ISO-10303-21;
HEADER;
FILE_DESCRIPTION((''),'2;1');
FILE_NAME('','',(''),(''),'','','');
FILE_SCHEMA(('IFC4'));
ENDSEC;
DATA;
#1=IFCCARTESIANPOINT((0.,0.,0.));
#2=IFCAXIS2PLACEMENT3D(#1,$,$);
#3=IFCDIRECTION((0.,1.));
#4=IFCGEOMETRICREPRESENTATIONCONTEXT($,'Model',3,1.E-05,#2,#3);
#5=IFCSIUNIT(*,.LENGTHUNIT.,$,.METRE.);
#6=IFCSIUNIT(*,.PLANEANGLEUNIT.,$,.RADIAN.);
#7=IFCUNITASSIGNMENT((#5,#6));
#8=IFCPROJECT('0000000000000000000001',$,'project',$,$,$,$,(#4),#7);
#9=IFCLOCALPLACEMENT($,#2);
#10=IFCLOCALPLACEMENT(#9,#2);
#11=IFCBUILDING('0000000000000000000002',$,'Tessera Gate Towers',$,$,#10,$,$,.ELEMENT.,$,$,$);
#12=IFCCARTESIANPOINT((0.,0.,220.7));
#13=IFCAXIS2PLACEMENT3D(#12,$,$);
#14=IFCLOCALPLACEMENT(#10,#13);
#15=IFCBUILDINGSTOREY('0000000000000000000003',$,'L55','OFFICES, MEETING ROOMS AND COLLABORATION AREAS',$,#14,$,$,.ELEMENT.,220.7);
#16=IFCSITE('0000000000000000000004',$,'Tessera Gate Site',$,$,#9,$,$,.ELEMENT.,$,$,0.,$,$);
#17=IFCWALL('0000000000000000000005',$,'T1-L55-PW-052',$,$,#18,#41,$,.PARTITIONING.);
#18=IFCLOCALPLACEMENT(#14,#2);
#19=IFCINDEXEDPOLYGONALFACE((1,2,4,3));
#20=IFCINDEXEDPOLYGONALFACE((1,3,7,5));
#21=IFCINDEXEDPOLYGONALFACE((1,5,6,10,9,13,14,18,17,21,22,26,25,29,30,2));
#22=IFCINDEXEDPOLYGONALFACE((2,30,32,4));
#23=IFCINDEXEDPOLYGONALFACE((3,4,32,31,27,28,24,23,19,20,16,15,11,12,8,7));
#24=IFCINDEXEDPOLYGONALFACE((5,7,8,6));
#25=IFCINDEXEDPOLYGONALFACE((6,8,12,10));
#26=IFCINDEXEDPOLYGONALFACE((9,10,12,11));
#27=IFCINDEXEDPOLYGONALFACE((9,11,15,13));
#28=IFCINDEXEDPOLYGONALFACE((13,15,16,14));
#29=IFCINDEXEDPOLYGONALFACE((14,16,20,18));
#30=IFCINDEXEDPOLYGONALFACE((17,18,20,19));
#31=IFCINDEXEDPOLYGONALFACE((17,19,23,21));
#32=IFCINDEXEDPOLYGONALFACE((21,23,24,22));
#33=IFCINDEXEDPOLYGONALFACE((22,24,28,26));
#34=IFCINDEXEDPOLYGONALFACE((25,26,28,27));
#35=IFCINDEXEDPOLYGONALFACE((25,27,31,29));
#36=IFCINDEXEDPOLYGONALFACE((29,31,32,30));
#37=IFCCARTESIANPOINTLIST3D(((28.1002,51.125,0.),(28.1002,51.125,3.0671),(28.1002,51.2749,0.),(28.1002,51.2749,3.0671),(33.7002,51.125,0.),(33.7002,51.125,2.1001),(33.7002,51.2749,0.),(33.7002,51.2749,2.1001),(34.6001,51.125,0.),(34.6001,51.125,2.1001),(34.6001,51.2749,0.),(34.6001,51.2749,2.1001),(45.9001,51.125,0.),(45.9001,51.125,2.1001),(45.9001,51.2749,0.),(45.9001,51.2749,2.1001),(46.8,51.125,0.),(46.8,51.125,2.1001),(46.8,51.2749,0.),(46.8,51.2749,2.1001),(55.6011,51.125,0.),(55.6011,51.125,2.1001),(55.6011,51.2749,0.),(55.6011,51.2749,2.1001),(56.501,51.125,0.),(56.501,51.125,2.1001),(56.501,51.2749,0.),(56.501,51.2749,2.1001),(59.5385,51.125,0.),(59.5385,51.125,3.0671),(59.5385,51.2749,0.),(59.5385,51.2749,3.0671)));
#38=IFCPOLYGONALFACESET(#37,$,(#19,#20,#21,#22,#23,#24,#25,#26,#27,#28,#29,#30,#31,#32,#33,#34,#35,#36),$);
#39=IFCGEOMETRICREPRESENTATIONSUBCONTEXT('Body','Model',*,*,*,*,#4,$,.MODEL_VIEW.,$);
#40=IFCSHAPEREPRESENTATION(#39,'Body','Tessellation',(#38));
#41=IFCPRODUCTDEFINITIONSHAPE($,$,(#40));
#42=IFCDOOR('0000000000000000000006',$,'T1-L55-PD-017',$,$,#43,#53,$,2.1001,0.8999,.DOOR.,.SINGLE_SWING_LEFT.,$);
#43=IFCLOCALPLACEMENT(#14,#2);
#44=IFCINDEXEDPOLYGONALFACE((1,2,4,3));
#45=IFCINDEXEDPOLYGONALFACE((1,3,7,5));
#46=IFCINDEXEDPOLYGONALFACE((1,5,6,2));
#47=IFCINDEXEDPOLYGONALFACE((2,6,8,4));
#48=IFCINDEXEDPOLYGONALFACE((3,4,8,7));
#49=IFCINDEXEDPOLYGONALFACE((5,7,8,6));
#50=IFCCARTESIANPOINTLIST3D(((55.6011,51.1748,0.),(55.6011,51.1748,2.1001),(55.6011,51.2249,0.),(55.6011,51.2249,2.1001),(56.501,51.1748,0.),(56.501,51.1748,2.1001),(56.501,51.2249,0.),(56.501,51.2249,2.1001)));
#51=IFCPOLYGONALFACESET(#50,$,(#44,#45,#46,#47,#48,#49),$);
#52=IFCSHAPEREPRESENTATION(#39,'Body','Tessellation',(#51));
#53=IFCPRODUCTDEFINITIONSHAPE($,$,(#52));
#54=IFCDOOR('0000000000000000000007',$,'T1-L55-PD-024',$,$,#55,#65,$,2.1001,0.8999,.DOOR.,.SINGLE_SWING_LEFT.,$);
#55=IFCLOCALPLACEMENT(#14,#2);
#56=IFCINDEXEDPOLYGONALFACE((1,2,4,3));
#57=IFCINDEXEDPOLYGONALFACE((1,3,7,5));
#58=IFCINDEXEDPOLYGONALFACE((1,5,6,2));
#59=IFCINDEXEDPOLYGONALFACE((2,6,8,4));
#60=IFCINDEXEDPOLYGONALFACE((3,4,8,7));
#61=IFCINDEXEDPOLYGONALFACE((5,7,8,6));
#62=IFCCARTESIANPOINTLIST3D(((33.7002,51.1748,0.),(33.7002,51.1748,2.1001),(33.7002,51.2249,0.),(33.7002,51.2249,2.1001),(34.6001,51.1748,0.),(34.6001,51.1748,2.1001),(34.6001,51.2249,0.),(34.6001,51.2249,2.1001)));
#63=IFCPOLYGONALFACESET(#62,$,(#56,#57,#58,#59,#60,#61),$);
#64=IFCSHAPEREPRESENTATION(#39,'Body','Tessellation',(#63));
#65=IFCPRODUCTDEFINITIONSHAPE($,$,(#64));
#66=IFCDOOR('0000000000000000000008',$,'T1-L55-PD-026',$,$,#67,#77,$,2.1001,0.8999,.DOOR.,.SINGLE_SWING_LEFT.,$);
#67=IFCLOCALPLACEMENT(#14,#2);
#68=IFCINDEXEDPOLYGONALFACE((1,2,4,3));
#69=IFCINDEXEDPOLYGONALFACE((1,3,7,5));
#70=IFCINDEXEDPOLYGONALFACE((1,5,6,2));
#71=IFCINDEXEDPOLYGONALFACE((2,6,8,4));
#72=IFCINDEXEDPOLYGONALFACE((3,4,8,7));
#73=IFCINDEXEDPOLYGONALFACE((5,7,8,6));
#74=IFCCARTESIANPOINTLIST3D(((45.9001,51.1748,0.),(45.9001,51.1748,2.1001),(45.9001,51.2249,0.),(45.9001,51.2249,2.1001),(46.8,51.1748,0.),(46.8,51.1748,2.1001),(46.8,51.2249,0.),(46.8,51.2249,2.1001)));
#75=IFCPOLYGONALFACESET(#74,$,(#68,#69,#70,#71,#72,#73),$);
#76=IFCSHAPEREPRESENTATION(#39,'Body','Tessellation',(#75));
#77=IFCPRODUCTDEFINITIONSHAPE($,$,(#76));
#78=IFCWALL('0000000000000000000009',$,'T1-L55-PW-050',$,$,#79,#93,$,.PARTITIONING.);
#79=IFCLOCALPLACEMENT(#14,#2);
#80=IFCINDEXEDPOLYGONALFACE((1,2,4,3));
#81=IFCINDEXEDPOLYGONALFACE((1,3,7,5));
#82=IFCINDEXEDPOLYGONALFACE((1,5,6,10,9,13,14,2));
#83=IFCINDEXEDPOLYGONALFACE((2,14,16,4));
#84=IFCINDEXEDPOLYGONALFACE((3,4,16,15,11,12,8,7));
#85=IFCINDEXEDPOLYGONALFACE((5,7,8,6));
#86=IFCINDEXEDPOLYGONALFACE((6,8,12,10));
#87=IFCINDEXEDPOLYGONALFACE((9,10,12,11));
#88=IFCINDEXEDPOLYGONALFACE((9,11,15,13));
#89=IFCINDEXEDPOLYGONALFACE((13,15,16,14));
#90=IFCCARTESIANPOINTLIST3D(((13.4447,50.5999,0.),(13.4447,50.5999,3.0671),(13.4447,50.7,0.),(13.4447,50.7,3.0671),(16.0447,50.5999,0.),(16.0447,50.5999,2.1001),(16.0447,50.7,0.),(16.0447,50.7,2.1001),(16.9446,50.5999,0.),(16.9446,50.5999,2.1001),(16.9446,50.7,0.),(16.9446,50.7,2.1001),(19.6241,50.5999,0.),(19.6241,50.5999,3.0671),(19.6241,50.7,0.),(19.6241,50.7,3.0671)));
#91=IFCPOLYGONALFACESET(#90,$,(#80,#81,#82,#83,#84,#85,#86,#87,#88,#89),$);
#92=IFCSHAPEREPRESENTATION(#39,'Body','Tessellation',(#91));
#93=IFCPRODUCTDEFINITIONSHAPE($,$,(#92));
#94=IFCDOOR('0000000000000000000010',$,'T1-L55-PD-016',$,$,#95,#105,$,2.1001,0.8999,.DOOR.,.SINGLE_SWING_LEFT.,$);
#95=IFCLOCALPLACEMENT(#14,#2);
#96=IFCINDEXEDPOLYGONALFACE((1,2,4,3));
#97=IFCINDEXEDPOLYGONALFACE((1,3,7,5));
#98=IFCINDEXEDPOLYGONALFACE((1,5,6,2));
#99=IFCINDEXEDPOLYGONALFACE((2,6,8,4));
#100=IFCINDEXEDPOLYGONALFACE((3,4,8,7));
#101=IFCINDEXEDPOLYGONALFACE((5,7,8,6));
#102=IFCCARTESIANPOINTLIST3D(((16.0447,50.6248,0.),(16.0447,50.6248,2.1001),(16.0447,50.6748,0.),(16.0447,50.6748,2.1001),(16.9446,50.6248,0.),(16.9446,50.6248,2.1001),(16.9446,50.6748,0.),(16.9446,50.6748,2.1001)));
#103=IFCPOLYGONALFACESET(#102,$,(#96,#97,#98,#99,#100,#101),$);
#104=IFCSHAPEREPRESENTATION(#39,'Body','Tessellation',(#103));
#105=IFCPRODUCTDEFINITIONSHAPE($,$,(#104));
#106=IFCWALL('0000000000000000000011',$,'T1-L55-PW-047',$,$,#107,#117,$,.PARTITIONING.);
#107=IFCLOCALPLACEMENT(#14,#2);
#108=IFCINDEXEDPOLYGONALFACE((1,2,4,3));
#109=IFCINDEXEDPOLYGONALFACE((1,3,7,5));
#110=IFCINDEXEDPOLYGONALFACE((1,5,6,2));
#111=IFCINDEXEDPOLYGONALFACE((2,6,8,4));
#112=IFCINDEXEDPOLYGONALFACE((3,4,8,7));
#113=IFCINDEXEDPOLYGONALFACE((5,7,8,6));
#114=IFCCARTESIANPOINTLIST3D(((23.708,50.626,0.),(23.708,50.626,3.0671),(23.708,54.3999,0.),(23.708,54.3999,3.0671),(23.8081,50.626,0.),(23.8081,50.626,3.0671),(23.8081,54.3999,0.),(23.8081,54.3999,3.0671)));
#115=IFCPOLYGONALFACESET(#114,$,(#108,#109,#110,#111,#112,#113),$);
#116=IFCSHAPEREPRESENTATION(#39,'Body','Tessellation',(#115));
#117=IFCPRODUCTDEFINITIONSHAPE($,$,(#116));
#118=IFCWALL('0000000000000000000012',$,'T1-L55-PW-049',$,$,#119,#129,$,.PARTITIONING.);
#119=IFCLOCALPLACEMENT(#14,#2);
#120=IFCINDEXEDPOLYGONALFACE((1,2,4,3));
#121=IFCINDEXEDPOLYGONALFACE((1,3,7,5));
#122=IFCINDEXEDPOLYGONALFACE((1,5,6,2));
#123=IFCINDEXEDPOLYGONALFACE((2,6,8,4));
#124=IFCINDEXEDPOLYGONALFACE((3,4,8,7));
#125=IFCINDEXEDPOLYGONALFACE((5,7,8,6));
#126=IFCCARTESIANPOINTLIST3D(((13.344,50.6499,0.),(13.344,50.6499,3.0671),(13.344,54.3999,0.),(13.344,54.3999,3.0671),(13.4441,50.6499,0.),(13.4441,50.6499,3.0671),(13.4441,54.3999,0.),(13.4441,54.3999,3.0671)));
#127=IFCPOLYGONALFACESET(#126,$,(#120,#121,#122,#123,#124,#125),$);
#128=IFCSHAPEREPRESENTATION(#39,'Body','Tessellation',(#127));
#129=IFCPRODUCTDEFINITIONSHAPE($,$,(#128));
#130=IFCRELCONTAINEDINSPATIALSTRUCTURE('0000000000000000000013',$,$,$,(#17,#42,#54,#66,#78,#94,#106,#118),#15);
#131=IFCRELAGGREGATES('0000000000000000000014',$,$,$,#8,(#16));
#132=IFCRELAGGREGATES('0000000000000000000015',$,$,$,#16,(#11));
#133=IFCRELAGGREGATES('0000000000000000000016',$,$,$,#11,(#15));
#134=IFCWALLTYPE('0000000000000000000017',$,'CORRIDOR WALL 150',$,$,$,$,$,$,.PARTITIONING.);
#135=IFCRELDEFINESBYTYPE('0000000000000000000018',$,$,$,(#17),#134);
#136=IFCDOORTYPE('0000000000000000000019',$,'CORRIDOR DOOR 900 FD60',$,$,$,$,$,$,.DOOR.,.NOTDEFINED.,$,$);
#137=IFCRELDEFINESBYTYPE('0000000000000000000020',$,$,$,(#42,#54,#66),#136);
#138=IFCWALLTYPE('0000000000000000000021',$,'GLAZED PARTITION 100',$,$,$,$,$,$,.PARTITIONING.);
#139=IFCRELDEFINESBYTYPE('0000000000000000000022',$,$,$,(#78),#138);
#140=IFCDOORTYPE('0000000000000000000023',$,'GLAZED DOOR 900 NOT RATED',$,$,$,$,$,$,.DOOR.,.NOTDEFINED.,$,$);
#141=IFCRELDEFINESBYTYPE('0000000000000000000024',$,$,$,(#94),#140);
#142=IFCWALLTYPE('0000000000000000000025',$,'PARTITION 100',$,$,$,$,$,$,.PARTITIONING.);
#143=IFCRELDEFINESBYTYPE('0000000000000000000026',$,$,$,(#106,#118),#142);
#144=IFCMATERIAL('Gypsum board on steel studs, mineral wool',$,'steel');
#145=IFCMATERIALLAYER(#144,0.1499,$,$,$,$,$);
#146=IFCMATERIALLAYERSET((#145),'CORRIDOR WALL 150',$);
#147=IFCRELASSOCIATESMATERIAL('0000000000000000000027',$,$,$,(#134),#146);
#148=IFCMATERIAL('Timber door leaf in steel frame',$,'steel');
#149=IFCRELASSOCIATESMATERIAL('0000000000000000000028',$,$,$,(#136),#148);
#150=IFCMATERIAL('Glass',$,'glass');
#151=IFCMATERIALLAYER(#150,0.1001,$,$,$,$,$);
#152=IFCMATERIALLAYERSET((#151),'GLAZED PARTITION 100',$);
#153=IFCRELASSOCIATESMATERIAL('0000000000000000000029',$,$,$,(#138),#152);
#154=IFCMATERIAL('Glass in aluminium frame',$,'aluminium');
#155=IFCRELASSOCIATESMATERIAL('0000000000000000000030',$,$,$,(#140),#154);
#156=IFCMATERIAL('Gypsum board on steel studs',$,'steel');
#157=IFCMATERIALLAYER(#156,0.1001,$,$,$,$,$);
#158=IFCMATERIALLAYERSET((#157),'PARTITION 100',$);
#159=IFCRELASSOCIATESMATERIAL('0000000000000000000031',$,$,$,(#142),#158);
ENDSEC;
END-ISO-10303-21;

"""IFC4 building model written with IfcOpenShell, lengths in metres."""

from ifc_helpers import new_model, si_unit, direction, frame, frame_2d, origin, place, context, subcontext, project, spatial, rectangle, extrude, source, transform, mapped, material, layer, layer_set, type_object, element, fill, save


model = new_model("IFC4")

# Units and contexts
model_context = context("Model", 3, precision=1e-05, world=origin(), true_north=direction((0.0, 1.0)))
body_context = subcontext(model_context, "Body", "Model", "MODEL_VIEW")
ifc_project = project(units=[si_unit("LENGTHUNIT", "METRE"), si_unit("PLANEANGLEUNIT", "RADIAN")], contexts=[model_context])

# Site, building, storey
site_placement = place(None, origin())
site = spatial("IfcSite", under=ifc_project, at=site_placement, Name="Tessera Gate Site", CompositionType="ELEMENT", RefElevation=0.0)
building_placement = place(site_placement, origin())
building = spatial("IfcBuilding", under=site, at=building_placement, Name="Tessera Gate Towers", CompositionType="ELEMENT")
storey_placement = place(building_placement, frame((0.0, 0.0, 220.7)))
storey = spatial("IfcBuildingStorey", under=building, at=storey_placement, Name="L55", Description="OFFICES, MEETING ROOMS AND COLLABORATION AREAS", CompositionType="ELEMENT", Elevation=220.7)

# Wall, openings, doors
ifc_material_1 = material(Name="Gypsum board on steel studs, mineral wool", Category="steel")
ifc_layer_1 = layer(ifc_material_1, 0.1499)
ifc_layer_set_1 = layer_set([ifc_layer_1], Name="CORRIDOR WALL 150")
wall_type_1 = type_object("IfcWallType", Name="CORRIDOR WALL 150", PredefinedType="PARTITIONING", material=ifc_layer_set_1)
wall_1_placement = place(storey_placement, frame((28.1001, 51.2, 0.0), z_axis=(0.0, 0.0, 1.0), x_axis=(1.0, 0.0, 0.0)))
wall_1 = element("IfcWall", 1, at=wall_1_placement, inside=storey, type_object=wall_type_1, Name="T1-L55-PW-052", PredefinedType="PARTITIONING", context=body_context, shape_type="SweptSolid", body=[
    extrude(rectangle(XDim=31.4382, YDim=0.1499, at=frame_2d((15.7192, 0.0))), origin(), (0.0, 0.0, 1.0), 3.0671),
])
shared_shape_1 = source(origin(), body_context, "Body", "SweptSolid", [
    extrude(rectangle(XDim=0.8999, YDim=2.1001, at=frame_2d((0.45, 1.05))), frame((0.0, 0.085, 0.0), z_axis=(0.0, -1.0, 0.0), x_axis=(1.0, 0.0, 0.0)), (0.0, 0.0, 1.0), 0.1699),
])
opening_1_placement = place(wall_1_placement, frame((27.501, 0.0, 0.0)))
opening_1 = element("IfcOpeningElement", 2, at=opening_1_placement, cuts=wall_1, PredefinedType="OPENING", context=body_context, shape_type="MappedRepresentation", body=[
    mapped(shared_shape_1, transform((0.0, 0.0, 0.0), scale=1.0)),
])
opening_2_placement = place(wall_1_placement, frame((5.6001, 0.0, 0.0)))
opening_2 = element("IfcOpeningElement", 3, at=opening_2_placement, cuts=wall_1, PredefinedType="OPENING", context=body_context, shape_type="MappedRepresentation", body=[
    mapped(shared_shape_1, transform((0.0, 0.0, 0.0), scale=1.0)),
])
opening_3_placement = place(wall_1_placement, frame((17.8, 0.0, 0.0)))
opening_3 = element("IfcOpeningElement", 4, at=opening_3_placement, cuts=wall_1, PredefinedType="OPENING", context=body_context, shape_type="MappedRepresentation", body=[
    mapped(shared_shape_1, transform((0.0, 0.0, 0.0), scale=1.0)),
])
ifc_material_2 = material(Name="Timber door leaf in steel frame", Category="steel")
door_type_1 = type_object("IfcDoorType", Name="CORRIDOR DOOR 900 FD60", OperationType="NOTDEFINED", PredefinedType="DOOR", material=ifc_material_2)
shared_shape_2 = source(origin(), body_context, "Body", "SweptSolid", [
    extrude(rectangle(XDim=0.8999, YDim=2.1001, at=frame_2d((0.45, 1.05))), frame((0.0, 0.0249, 0.0), z_axis=(0.0, -1.0, 0.0), x_axis=(1.0, 0.0, 0.0)), (0.0, 0.0, 1.0), 0.05),
])
door_1_placement = place(opening_1_placement, origin())
door_1 = element("IfcDoor", 5, at=door_1_placement, inside=storey, type_object=door_type_1, Name="T1-L55-PD-017", OperationType="SINGLE_SWING_LEFT", OverallHeight=2.1001, OverallWidth=0.8999, PredefinedType="DOOR", context=body_context, shape_type="MappedRepresentation", body=[
    mapped(shared_shape_2, transform((0.0, 0.0, 0.0), scale=1.0)),
])
fill(opening_1, door_1)
door_2_placement = place(opening_2_placement, origin())
door_2 = element("IfcDoor", 6, at=door_2_placement, inside=storey, type_object=door_type_1, Name="T1-L55-PD-024", OperationType="SINGLE_SWING_LEFT", OverallHeight=2.1001, OverallWidth=0.8999, PredefinedType="DOOR", context=body_context, shape_type="MappedRepresentation", body=[
    mapped(shared_shape_2, transform((0.0, 0.0, 0.0), scale=1.0)),
])
fill(opening_2, door_2)
door_3_placement = place(opening_3_placement, origin())
door_3 = element("IfcDoor", 7, at=door_3_placement, inside=storey, type_object=door_type_1, Name="T1-L55-PD-026", OperationType="SINGLE_SWING_LEFT", OverallHeight=2.1001, OverallWidth=0.8999, PredefinedType="DOOR", context=body_context, shape_type="MappedRepresentation", body=[
    mapped(shared_shape_2, transform((0.0, 0.0, 0.0), scale=1.0)),
])
fill(opening_3, door_3)

# Wall, opening, door
ifc_material_3 = material(Name="Glass", Category="glass")
ifc_layer_2 = layer(ifc_material_3, 0.1001)
ifc_layer_set_2 = layer_set([ifc_layer_2], Name="GLAZED PARTITION 100")
wall_type_2 = type_object("IfcWallType", Name="GLAZED PARTITION 100", PredefinedType="PARTITIONING", material=ifc_layer_set_2)
wall_2_placement = place(storey_placement, frame((13.4446, 50.6499, 0.0), z_axis=(0.0, 0.0, 1.0), x_axis=(1.0, 0.0, 0.0)))
wall_2 = element("IfcWall", 8, at=wall_2_placement, inside=storey, type_object=wall_type_2, Name="T1-L55-PW-050", PredefinedType="PARTITIONING", context=body_context, shape_type="SweptSolid", body=[
    extrude(rectangle(XDim=6.1794, YDim=0.1001, at=frame_2d((3.0898, 0.0))), origin(), (0.0, 0.0, 1.0), 3.0671),
])
shared_shape_3 = source(origin(), body_context, "Body", "SweptSolid", [
    extrude(rectangle(XDim=0.8999, YDim=2.1001, at=frame_2d((0.45, 1.05))), frame((0.0, 0.0601, 0.0), z_axis=(0.0, -1.0, 0.0), x_axis=(1.0, 0.0, 0.0)), (0.0, 0.0, 1.0), 0.1201),
])
opening_4_placement = place(wall_2_placement, frame((2.6001, 0.0, 0.0)))
opening_4 = element("IfcOpeningElement", 9, at=opening_4_placement, cuts=wall_2, PredefinedType="OPENING", context=body_context, shape_type="MappedRepresentation", body=[
    mapped(shared_shape_3, transform((0.0, 0.0, 0.0), scale=1.0)),
])
ifc_material_4 = material(Name="Glass in aluminium frame", Category="aluminium")
door_type_2 = type_object("IfcDoorType", Name="GLAZED DOOR 900 NOT RATED", OperationType="NOTDEFINED", PredefinedType="DOOR", material=ifc_material_4)
door_4_placement = place(opening_4_placement, origin())
door_4 = element("IfcDoor", 10, at=door_4_placement, inside=storey, type_object=door_type_2, Name="T1-L55-PD-016", OperationType="SINGLE_SWING_LEFT", OverallHeight=2.1001, OverallWidth=0.8999, PredefinedType="DOOR", context=body_context, shape_type="MappedRepresentation", body=[
    mapped(shared_shape_2, transform((0.0, 0.0, 0.0), scale=1.0)),
])
fill(opening_4, door_4)

# Walls
ifc_material_5 = material(Name="Gypsum board on steel studs", Category="steel")
ifc_layer_3 = layer(ifc_material_5, 0.1001)
ifc_layer_set_3 = layer_set([ifc_layer_3], Name="PARTITION 100")
wall_type_3 = type_object("IfcWallType", Name="PARTITION 100", PredefinedType="PARTITIONING", material=ifc_layer_set_3)
wall_3_placement = place(storey_placement, frame((23.7581, 50.626, 0.0), z_axis=(0.0, 0.0, 1.0), x_axis=(0.0, 1.0, 0.0)))
element("IfcWall", 11, at=wall_3_placement, inside=storey, type_object=wall_type_3, Name="T1-L55-PW-047", PredefinedType="PARTITIONING", context=body_context, shape_type="SweptSolid", body=[
    extrude(rectangle(XDim=3.7739, YDim=0.1001, at=frame_2d((1.887, 0.0))), origin(), (0.0, 0.0, 1.0), 3.0671),
])
wall_4_placement = place(storey_placement, frame((13.394, 50.6499, 0.0), z_axis=(0.0, 0.0, 1.0), x_axis=(0.0, 1.0, 0.0)))
element("IfcWall", 12, at=wall_4_placement, inside=storey, type_object=wall_type_3, Name="T1-L55-PW-049", PredefinedType="PARTITIONING", context=body_context, shape_type="SweptSolid", body=[
    extrude(rectangle(XDim=3.75, YDim=0.1001, at=frame_2d((1.875, 0.0))), origin(), (0.0, 0.0, 1.0), 3.0671),
])

save(model, "model.ifc")
